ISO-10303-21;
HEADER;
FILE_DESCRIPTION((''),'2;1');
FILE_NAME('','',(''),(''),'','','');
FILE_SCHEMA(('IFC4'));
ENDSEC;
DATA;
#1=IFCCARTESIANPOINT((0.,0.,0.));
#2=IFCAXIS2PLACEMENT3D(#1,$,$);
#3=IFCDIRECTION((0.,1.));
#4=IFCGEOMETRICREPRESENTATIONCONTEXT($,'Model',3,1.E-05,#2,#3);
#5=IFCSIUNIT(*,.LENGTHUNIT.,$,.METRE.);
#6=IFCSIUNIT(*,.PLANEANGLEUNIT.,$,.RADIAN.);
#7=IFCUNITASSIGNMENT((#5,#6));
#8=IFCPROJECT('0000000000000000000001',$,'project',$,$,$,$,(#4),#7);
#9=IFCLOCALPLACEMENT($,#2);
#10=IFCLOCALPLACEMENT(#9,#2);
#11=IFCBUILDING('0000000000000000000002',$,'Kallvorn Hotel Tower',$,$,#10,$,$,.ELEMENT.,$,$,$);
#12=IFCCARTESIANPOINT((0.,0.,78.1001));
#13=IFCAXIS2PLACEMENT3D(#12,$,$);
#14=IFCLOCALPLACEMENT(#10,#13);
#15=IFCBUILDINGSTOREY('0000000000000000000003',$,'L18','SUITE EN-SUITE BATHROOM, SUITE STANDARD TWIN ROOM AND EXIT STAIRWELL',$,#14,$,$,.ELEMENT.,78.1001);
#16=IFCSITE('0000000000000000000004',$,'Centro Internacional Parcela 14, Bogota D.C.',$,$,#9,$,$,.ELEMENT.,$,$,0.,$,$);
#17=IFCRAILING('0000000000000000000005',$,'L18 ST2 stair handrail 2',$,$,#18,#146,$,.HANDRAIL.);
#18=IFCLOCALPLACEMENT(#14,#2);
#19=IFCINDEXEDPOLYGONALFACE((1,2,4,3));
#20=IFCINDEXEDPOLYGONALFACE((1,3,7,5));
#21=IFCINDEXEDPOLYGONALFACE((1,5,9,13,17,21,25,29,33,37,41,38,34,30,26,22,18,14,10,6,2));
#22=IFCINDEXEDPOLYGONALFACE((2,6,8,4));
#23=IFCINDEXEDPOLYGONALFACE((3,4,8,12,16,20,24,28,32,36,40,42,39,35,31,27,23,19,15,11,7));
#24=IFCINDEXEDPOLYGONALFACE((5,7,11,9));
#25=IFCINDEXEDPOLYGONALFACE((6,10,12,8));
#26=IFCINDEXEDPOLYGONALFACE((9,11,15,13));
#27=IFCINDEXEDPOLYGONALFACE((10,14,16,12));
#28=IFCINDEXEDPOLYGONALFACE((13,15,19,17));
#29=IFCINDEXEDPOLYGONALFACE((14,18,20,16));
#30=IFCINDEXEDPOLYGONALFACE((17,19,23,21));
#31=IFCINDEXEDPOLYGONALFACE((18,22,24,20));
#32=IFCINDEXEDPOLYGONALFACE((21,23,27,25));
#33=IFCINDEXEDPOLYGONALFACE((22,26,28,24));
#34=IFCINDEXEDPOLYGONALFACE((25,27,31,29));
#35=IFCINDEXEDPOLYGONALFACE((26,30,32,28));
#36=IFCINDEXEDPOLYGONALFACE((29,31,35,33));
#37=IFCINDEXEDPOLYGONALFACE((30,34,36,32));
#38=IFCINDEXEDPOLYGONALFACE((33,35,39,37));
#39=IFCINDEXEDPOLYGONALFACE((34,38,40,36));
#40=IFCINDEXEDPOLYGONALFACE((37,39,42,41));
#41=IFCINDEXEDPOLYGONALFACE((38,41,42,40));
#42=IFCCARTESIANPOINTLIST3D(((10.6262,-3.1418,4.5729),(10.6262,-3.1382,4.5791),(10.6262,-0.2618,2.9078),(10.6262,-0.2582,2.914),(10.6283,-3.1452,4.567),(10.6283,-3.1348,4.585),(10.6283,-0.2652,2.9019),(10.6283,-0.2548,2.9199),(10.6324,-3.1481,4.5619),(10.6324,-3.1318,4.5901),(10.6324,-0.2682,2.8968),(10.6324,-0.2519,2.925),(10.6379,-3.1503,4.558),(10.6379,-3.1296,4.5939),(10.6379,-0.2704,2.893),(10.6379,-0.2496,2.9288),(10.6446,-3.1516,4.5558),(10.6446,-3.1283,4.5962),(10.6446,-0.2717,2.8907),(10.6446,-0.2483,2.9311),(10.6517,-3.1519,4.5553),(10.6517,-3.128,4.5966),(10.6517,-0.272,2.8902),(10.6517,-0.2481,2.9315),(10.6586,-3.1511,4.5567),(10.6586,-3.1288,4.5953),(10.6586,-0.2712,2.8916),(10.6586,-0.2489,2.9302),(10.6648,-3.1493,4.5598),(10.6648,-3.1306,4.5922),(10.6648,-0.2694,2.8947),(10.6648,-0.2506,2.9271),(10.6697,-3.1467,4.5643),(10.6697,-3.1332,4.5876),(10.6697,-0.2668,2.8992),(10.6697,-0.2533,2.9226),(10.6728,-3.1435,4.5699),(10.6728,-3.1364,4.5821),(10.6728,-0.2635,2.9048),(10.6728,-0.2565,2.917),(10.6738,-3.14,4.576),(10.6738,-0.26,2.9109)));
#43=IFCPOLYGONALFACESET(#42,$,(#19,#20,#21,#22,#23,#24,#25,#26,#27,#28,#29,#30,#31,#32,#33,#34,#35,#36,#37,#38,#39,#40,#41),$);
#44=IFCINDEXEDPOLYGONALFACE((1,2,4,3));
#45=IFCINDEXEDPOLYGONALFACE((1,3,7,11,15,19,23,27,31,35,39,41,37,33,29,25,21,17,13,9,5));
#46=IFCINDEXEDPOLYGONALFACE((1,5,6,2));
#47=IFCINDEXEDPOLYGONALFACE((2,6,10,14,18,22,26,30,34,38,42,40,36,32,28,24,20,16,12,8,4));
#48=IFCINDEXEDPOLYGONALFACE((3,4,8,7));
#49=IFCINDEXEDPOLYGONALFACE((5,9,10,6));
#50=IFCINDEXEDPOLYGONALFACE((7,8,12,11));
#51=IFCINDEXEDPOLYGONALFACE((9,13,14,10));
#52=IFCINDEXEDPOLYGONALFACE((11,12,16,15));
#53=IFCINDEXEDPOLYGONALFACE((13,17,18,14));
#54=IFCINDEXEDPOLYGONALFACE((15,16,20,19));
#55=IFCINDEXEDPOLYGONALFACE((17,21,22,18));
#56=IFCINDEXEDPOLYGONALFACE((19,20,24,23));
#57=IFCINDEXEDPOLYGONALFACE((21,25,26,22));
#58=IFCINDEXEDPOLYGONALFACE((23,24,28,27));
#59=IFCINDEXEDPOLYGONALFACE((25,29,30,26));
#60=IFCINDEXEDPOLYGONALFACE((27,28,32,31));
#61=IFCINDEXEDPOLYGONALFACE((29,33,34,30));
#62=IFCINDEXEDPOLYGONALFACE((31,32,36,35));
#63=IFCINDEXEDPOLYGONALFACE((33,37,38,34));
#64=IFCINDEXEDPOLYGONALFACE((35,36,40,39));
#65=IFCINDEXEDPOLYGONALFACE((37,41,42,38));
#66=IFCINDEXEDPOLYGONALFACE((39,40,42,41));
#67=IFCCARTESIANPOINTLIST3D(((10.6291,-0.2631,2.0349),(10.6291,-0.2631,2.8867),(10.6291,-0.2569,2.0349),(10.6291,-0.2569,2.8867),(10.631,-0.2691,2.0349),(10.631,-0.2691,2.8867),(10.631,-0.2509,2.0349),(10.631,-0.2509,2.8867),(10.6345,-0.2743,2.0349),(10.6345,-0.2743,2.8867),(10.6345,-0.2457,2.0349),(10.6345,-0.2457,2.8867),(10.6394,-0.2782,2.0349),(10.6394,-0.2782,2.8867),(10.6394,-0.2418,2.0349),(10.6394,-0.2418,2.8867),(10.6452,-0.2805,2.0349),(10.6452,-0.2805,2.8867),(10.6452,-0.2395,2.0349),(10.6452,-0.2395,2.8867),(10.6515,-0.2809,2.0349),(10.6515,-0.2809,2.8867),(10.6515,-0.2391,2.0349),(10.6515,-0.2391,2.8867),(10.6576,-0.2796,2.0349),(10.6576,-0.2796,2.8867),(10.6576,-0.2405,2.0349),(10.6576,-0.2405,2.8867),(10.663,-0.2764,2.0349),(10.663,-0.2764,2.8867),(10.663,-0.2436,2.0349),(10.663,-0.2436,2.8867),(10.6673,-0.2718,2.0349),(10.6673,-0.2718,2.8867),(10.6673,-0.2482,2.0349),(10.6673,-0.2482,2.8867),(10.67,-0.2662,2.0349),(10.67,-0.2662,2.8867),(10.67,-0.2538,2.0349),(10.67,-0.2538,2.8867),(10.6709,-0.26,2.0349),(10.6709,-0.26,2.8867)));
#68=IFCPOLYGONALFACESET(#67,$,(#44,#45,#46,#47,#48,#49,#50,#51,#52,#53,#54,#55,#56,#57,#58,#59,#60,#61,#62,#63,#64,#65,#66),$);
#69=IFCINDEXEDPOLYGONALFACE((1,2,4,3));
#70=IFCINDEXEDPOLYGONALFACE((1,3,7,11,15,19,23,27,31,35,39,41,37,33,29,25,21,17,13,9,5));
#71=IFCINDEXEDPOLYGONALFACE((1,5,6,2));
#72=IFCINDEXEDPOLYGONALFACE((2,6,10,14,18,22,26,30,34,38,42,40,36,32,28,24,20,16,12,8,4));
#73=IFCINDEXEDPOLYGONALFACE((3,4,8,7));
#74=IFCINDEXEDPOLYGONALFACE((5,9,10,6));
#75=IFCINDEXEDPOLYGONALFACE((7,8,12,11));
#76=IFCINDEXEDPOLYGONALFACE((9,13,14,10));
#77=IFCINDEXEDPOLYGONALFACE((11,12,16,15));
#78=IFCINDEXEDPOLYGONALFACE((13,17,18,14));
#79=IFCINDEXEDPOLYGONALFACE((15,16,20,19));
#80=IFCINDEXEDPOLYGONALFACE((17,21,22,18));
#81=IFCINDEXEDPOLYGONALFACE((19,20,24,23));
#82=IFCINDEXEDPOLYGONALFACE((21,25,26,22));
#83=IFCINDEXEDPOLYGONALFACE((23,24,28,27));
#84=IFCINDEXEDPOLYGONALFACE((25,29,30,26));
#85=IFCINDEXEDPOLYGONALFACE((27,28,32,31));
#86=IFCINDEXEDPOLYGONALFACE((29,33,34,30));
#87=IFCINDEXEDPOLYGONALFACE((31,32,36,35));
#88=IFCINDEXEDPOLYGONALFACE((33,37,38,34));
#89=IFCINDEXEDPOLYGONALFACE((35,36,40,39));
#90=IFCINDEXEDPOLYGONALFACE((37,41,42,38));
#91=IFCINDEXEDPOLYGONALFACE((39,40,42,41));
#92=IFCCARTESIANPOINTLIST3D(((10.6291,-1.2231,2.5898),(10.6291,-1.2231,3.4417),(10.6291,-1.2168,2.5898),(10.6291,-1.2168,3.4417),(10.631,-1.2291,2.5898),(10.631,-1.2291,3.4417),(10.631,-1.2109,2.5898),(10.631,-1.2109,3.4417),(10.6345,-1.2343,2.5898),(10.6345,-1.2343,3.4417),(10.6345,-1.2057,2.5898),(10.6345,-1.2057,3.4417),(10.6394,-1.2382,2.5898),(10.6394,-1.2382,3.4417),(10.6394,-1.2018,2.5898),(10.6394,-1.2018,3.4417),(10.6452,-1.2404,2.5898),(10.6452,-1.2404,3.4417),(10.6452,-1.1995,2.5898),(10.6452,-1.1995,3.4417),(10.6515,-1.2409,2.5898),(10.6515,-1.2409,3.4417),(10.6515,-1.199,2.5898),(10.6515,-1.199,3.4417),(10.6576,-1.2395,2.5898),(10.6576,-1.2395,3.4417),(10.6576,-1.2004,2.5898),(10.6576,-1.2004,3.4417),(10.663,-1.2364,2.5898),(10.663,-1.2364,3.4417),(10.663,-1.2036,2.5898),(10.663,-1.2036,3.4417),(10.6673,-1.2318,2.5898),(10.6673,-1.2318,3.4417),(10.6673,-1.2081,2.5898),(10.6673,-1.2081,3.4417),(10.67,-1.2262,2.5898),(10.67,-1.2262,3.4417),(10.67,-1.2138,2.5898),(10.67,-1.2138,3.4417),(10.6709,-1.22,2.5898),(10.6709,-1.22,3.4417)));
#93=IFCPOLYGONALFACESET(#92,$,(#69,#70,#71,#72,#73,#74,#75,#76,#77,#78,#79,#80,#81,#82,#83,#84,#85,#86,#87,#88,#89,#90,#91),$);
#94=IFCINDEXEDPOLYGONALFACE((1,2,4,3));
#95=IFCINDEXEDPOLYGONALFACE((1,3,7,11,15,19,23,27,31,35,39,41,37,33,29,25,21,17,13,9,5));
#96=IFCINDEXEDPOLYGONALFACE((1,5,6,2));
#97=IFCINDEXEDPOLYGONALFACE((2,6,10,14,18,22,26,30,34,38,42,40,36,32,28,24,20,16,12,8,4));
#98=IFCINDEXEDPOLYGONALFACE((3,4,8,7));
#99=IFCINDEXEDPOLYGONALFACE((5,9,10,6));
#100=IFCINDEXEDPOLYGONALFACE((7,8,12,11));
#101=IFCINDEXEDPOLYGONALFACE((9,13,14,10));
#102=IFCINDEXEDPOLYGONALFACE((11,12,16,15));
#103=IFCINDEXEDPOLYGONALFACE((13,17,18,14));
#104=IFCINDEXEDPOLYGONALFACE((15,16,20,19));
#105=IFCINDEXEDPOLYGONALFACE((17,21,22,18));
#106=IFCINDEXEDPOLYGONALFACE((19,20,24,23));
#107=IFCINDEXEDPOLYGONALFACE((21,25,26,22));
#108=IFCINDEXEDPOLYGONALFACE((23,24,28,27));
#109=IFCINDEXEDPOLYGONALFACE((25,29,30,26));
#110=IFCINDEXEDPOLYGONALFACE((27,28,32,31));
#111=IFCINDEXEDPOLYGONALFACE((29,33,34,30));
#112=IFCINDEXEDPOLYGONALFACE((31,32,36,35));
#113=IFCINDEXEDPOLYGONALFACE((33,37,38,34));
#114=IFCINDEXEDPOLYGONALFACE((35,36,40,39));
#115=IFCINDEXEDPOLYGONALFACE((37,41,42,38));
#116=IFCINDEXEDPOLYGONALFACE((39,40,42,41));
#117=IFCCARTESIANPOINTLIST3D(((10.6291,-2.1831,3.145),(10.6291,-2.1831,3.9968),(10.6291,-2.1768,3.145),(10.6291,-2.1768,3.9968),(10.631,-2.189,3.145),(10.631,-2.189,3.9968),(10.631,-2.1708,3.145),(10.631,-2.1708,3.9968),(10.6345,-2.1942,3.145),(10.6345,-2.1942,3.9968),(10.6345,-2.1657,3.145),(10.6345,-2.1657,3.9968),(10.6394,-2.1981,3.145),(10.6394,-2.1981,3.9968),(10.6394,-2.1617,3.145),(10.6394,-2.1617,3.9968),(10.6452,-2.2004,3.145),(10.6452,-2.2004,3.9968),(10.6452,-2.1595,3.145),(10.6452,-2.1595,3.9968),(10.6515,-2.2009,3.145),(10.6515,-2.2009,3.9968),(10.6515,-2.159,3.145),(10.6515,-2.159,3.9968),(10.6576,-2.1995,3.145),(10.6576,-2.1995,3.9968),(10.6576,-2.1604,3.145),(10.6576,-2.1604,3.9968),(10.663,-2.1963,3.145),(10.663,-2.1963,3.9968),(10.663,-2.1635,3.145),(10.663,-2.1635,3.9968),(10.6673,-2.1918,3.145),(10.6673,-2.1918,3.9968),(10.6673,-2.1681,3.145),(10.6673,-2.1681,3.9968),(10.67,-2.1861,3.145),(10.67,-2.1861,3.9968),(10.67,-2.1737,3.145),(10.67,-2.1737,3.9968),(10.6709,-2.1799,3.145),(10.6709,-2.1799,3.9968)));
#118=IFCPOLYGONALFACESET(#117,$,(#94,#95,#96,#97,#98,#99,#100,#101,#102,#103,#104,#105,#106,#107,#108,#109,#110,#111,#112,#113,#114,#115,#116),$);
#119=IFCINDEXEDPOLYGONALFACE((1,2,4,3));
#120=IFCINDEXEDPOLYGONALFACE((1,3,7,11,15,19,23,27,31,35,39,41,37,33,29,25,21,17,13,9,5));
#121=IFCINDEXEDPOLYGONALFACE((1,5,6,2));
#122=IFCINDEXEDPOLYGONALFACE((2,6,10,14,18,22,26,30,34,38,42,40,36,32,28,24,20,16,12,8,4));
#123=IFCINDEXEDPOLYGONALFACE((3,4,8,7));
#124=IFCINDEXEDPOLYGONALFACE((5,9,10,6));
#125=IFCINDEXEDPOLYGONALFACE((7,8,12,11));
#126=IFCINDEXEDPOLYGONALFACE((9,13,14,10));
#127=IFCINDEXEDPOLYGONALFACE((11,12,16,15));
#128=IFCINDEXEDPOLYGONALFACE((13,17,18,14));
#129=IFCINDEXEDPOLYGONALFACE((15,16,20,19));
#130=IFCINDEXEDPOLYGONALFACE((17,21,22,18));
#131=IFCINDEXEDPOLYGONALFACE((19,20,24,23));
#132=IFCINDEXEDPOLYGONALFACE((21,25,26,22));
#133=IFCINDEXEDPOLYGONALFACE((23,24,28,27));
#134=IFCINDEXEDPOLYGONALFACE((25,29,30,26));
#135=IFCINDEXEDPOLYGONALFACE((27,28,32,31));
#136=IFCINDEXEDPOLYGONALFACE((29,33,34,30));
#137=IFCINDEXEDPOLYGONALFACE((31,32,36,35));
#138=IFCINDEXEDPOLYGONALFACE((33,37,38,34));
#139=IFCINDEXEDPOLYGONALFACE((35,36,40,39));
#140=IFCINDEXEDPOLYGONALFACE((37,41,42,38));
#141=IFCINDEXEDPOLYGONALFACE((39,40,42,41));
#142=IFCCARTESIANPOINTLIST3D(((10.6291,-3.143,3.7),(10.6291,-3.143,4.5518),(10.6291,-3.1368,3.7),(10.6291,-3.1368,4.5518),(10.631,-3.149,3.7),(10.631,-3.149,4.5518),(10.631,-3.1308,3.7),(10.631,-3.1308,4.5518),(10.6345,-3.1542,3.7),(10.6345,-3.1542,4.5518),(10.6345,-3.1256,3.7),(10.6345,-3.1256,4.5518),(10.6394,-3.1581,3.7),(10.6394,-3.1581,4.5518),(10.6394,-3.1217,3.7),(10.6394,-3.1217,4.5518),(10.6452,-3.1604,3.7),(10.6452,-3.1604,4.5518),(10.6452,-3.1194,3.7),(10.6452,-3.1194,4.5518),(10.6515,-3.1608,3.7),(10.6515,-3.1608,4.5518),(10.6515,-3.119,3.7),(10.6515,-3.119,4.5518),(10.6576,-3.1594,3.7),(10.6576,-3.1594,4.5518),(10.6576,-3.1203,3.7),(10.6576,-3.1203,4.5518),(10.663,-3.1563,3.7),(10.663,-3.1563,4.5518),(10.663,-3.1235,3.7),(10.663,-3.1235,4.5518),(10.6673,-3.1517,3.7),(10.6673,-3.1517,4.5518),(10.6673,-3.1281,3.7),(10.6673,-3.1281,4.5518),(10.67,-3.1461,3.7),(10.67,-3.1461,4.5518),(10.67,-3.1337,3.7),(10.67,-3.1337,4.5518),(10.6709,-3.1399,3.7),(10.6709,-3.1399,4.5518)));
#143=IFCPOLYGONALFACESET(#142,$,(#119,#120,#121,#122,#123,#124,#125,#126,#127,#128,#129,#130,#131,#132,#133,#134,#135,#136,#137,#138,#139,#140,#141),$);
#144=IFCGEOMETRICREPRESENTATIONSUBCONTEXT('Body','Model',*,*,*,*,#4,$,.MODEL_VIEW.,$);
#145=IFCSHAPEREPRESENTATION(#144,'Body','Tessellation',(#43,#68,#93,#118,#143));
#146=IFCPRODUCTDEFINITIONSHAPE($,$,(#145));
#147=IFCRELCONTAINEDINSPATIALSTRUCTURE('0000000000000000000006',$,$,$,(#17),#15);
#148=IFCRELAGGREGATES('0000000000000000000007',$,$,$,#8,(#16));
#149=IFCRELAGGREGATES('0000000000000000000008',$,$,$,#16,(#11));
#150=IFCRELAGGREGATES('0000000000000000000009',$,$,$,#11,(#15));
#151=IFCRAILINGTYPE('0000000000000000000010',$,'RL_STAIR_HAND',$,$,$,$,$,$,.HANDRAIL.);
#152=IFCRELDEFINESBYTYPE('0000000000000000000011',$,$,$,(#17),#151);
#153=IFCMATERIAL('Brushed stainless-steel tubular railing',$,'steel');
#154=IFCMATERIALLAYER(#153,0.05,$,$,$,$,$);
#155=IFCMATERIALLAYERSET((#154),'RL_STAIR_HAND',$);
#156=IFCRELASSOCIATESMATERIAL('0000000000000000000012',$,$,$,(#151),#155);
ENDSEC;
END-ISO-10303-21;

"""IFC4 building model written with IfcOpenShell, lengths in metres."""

from ifc_helpers import new_model, si_unit, direction, frame, origin, origin_2d, place, context, subcontext, project, spatial, circle, extrude, material, layer, layer_set, type_object, element, save


model = new_model("IFC4")

# Units and contexts
model_context = context("Model", 3, precision=1e-05, world=origin(), true_north=direction((0.0, 1.0)))
body_context = subcontext(model_context, "Body", "Model", "MODEL_VIEW")
ifc_project = project(units=[si_unit("LENGTHUNIT", "METRE"), si_unit("PLANEANGLEUNIT", "RADIAN")], contexts=[model_context])

# Site, building, storey
site_placement = place(None, origin())
site = spatial("IfcSite", under=ifc_project, at=site_placement, Name="Centro Internacional Parcela 14, Bogota D.C.", CompositionType="ELEMENT", RefElevation=0.0)
building_placement = place(site_placement, origin())
building = spatial("IfcBuilding", under=site, at=building_placement, Name="Kallvorn Hotel Tower", CompositionType="ELEMENT")
storey_placement = place(building_placement, frame((0.0, 0.0, 78.1001)))
storey = spatial("IfcBuildingStorey", under=building, at=storey_placement, Name="L18", Description="SUITE EN-SUITE BATHROOM, SUITE STANDARD TWIN ROOM AND EXIT STAIRWELL", CompositionType="ELEMENT", Elevation=78.1001)

# Railing
ifc_material_1 = material(Name="Brushed stainless-steel tubular railing", Category="steel")
ifc_layer_1 = layer(ifc_material_1, 0.05)
ifc_layer_set_1 = layer_set([ifc_layer_1], Name="RL_STAIR_HAND")
railing_type_1 = type_object("IfcRailingType", Name="RL_STAIR_HAND", PredefinedType="HANDRAIL", material=ifc_layer_set_1)
railing_1_placement = place(storey_placement, frame((10.6499, -0.26, 2.0349)))
element("IfcRailing", 1, at=railing_1_placement, inside=storey, type_object=railing_type_1, Name="L18 ST2 stair handrail 2", PredefinedType="HANDRAIL", context=body_context, shape_type="SweptSolid", body=[
    extrude(circle(Radius=0.0239, at=origin_2d()), frame((0.0, 0.0, 0.876), z_axis=(0.0, -0.865721, 0.500527), x_axis=(1.0, 0.0, 0.0)), (0.0, 0.0, 1.0), 3.3267),
    extrude(circle(Radius=0.021, at=origin_2d()), origin(), (0.0, 0.0, 1.0), 0.8518),
    extrude(circle(Radius=0.021, at=origin_2d()), frame((0.0, -0.96, 0.5549)), (0.0, 0.0, 1.0), 0.8518),
    extrude(circle(Radius=0.021, at=origin_2d()), frame((0.0, -1.9199, 1.1101)), (0.0, 0.0, 1.0), 0.8518),
    extrude(circle(Radius=0.021, at=origin_2d()), frame((0.0, -2.8799, 1.665)), (0.0, 0.0, 1.0), 0.8518),
])

save(model, "model.ifc")
